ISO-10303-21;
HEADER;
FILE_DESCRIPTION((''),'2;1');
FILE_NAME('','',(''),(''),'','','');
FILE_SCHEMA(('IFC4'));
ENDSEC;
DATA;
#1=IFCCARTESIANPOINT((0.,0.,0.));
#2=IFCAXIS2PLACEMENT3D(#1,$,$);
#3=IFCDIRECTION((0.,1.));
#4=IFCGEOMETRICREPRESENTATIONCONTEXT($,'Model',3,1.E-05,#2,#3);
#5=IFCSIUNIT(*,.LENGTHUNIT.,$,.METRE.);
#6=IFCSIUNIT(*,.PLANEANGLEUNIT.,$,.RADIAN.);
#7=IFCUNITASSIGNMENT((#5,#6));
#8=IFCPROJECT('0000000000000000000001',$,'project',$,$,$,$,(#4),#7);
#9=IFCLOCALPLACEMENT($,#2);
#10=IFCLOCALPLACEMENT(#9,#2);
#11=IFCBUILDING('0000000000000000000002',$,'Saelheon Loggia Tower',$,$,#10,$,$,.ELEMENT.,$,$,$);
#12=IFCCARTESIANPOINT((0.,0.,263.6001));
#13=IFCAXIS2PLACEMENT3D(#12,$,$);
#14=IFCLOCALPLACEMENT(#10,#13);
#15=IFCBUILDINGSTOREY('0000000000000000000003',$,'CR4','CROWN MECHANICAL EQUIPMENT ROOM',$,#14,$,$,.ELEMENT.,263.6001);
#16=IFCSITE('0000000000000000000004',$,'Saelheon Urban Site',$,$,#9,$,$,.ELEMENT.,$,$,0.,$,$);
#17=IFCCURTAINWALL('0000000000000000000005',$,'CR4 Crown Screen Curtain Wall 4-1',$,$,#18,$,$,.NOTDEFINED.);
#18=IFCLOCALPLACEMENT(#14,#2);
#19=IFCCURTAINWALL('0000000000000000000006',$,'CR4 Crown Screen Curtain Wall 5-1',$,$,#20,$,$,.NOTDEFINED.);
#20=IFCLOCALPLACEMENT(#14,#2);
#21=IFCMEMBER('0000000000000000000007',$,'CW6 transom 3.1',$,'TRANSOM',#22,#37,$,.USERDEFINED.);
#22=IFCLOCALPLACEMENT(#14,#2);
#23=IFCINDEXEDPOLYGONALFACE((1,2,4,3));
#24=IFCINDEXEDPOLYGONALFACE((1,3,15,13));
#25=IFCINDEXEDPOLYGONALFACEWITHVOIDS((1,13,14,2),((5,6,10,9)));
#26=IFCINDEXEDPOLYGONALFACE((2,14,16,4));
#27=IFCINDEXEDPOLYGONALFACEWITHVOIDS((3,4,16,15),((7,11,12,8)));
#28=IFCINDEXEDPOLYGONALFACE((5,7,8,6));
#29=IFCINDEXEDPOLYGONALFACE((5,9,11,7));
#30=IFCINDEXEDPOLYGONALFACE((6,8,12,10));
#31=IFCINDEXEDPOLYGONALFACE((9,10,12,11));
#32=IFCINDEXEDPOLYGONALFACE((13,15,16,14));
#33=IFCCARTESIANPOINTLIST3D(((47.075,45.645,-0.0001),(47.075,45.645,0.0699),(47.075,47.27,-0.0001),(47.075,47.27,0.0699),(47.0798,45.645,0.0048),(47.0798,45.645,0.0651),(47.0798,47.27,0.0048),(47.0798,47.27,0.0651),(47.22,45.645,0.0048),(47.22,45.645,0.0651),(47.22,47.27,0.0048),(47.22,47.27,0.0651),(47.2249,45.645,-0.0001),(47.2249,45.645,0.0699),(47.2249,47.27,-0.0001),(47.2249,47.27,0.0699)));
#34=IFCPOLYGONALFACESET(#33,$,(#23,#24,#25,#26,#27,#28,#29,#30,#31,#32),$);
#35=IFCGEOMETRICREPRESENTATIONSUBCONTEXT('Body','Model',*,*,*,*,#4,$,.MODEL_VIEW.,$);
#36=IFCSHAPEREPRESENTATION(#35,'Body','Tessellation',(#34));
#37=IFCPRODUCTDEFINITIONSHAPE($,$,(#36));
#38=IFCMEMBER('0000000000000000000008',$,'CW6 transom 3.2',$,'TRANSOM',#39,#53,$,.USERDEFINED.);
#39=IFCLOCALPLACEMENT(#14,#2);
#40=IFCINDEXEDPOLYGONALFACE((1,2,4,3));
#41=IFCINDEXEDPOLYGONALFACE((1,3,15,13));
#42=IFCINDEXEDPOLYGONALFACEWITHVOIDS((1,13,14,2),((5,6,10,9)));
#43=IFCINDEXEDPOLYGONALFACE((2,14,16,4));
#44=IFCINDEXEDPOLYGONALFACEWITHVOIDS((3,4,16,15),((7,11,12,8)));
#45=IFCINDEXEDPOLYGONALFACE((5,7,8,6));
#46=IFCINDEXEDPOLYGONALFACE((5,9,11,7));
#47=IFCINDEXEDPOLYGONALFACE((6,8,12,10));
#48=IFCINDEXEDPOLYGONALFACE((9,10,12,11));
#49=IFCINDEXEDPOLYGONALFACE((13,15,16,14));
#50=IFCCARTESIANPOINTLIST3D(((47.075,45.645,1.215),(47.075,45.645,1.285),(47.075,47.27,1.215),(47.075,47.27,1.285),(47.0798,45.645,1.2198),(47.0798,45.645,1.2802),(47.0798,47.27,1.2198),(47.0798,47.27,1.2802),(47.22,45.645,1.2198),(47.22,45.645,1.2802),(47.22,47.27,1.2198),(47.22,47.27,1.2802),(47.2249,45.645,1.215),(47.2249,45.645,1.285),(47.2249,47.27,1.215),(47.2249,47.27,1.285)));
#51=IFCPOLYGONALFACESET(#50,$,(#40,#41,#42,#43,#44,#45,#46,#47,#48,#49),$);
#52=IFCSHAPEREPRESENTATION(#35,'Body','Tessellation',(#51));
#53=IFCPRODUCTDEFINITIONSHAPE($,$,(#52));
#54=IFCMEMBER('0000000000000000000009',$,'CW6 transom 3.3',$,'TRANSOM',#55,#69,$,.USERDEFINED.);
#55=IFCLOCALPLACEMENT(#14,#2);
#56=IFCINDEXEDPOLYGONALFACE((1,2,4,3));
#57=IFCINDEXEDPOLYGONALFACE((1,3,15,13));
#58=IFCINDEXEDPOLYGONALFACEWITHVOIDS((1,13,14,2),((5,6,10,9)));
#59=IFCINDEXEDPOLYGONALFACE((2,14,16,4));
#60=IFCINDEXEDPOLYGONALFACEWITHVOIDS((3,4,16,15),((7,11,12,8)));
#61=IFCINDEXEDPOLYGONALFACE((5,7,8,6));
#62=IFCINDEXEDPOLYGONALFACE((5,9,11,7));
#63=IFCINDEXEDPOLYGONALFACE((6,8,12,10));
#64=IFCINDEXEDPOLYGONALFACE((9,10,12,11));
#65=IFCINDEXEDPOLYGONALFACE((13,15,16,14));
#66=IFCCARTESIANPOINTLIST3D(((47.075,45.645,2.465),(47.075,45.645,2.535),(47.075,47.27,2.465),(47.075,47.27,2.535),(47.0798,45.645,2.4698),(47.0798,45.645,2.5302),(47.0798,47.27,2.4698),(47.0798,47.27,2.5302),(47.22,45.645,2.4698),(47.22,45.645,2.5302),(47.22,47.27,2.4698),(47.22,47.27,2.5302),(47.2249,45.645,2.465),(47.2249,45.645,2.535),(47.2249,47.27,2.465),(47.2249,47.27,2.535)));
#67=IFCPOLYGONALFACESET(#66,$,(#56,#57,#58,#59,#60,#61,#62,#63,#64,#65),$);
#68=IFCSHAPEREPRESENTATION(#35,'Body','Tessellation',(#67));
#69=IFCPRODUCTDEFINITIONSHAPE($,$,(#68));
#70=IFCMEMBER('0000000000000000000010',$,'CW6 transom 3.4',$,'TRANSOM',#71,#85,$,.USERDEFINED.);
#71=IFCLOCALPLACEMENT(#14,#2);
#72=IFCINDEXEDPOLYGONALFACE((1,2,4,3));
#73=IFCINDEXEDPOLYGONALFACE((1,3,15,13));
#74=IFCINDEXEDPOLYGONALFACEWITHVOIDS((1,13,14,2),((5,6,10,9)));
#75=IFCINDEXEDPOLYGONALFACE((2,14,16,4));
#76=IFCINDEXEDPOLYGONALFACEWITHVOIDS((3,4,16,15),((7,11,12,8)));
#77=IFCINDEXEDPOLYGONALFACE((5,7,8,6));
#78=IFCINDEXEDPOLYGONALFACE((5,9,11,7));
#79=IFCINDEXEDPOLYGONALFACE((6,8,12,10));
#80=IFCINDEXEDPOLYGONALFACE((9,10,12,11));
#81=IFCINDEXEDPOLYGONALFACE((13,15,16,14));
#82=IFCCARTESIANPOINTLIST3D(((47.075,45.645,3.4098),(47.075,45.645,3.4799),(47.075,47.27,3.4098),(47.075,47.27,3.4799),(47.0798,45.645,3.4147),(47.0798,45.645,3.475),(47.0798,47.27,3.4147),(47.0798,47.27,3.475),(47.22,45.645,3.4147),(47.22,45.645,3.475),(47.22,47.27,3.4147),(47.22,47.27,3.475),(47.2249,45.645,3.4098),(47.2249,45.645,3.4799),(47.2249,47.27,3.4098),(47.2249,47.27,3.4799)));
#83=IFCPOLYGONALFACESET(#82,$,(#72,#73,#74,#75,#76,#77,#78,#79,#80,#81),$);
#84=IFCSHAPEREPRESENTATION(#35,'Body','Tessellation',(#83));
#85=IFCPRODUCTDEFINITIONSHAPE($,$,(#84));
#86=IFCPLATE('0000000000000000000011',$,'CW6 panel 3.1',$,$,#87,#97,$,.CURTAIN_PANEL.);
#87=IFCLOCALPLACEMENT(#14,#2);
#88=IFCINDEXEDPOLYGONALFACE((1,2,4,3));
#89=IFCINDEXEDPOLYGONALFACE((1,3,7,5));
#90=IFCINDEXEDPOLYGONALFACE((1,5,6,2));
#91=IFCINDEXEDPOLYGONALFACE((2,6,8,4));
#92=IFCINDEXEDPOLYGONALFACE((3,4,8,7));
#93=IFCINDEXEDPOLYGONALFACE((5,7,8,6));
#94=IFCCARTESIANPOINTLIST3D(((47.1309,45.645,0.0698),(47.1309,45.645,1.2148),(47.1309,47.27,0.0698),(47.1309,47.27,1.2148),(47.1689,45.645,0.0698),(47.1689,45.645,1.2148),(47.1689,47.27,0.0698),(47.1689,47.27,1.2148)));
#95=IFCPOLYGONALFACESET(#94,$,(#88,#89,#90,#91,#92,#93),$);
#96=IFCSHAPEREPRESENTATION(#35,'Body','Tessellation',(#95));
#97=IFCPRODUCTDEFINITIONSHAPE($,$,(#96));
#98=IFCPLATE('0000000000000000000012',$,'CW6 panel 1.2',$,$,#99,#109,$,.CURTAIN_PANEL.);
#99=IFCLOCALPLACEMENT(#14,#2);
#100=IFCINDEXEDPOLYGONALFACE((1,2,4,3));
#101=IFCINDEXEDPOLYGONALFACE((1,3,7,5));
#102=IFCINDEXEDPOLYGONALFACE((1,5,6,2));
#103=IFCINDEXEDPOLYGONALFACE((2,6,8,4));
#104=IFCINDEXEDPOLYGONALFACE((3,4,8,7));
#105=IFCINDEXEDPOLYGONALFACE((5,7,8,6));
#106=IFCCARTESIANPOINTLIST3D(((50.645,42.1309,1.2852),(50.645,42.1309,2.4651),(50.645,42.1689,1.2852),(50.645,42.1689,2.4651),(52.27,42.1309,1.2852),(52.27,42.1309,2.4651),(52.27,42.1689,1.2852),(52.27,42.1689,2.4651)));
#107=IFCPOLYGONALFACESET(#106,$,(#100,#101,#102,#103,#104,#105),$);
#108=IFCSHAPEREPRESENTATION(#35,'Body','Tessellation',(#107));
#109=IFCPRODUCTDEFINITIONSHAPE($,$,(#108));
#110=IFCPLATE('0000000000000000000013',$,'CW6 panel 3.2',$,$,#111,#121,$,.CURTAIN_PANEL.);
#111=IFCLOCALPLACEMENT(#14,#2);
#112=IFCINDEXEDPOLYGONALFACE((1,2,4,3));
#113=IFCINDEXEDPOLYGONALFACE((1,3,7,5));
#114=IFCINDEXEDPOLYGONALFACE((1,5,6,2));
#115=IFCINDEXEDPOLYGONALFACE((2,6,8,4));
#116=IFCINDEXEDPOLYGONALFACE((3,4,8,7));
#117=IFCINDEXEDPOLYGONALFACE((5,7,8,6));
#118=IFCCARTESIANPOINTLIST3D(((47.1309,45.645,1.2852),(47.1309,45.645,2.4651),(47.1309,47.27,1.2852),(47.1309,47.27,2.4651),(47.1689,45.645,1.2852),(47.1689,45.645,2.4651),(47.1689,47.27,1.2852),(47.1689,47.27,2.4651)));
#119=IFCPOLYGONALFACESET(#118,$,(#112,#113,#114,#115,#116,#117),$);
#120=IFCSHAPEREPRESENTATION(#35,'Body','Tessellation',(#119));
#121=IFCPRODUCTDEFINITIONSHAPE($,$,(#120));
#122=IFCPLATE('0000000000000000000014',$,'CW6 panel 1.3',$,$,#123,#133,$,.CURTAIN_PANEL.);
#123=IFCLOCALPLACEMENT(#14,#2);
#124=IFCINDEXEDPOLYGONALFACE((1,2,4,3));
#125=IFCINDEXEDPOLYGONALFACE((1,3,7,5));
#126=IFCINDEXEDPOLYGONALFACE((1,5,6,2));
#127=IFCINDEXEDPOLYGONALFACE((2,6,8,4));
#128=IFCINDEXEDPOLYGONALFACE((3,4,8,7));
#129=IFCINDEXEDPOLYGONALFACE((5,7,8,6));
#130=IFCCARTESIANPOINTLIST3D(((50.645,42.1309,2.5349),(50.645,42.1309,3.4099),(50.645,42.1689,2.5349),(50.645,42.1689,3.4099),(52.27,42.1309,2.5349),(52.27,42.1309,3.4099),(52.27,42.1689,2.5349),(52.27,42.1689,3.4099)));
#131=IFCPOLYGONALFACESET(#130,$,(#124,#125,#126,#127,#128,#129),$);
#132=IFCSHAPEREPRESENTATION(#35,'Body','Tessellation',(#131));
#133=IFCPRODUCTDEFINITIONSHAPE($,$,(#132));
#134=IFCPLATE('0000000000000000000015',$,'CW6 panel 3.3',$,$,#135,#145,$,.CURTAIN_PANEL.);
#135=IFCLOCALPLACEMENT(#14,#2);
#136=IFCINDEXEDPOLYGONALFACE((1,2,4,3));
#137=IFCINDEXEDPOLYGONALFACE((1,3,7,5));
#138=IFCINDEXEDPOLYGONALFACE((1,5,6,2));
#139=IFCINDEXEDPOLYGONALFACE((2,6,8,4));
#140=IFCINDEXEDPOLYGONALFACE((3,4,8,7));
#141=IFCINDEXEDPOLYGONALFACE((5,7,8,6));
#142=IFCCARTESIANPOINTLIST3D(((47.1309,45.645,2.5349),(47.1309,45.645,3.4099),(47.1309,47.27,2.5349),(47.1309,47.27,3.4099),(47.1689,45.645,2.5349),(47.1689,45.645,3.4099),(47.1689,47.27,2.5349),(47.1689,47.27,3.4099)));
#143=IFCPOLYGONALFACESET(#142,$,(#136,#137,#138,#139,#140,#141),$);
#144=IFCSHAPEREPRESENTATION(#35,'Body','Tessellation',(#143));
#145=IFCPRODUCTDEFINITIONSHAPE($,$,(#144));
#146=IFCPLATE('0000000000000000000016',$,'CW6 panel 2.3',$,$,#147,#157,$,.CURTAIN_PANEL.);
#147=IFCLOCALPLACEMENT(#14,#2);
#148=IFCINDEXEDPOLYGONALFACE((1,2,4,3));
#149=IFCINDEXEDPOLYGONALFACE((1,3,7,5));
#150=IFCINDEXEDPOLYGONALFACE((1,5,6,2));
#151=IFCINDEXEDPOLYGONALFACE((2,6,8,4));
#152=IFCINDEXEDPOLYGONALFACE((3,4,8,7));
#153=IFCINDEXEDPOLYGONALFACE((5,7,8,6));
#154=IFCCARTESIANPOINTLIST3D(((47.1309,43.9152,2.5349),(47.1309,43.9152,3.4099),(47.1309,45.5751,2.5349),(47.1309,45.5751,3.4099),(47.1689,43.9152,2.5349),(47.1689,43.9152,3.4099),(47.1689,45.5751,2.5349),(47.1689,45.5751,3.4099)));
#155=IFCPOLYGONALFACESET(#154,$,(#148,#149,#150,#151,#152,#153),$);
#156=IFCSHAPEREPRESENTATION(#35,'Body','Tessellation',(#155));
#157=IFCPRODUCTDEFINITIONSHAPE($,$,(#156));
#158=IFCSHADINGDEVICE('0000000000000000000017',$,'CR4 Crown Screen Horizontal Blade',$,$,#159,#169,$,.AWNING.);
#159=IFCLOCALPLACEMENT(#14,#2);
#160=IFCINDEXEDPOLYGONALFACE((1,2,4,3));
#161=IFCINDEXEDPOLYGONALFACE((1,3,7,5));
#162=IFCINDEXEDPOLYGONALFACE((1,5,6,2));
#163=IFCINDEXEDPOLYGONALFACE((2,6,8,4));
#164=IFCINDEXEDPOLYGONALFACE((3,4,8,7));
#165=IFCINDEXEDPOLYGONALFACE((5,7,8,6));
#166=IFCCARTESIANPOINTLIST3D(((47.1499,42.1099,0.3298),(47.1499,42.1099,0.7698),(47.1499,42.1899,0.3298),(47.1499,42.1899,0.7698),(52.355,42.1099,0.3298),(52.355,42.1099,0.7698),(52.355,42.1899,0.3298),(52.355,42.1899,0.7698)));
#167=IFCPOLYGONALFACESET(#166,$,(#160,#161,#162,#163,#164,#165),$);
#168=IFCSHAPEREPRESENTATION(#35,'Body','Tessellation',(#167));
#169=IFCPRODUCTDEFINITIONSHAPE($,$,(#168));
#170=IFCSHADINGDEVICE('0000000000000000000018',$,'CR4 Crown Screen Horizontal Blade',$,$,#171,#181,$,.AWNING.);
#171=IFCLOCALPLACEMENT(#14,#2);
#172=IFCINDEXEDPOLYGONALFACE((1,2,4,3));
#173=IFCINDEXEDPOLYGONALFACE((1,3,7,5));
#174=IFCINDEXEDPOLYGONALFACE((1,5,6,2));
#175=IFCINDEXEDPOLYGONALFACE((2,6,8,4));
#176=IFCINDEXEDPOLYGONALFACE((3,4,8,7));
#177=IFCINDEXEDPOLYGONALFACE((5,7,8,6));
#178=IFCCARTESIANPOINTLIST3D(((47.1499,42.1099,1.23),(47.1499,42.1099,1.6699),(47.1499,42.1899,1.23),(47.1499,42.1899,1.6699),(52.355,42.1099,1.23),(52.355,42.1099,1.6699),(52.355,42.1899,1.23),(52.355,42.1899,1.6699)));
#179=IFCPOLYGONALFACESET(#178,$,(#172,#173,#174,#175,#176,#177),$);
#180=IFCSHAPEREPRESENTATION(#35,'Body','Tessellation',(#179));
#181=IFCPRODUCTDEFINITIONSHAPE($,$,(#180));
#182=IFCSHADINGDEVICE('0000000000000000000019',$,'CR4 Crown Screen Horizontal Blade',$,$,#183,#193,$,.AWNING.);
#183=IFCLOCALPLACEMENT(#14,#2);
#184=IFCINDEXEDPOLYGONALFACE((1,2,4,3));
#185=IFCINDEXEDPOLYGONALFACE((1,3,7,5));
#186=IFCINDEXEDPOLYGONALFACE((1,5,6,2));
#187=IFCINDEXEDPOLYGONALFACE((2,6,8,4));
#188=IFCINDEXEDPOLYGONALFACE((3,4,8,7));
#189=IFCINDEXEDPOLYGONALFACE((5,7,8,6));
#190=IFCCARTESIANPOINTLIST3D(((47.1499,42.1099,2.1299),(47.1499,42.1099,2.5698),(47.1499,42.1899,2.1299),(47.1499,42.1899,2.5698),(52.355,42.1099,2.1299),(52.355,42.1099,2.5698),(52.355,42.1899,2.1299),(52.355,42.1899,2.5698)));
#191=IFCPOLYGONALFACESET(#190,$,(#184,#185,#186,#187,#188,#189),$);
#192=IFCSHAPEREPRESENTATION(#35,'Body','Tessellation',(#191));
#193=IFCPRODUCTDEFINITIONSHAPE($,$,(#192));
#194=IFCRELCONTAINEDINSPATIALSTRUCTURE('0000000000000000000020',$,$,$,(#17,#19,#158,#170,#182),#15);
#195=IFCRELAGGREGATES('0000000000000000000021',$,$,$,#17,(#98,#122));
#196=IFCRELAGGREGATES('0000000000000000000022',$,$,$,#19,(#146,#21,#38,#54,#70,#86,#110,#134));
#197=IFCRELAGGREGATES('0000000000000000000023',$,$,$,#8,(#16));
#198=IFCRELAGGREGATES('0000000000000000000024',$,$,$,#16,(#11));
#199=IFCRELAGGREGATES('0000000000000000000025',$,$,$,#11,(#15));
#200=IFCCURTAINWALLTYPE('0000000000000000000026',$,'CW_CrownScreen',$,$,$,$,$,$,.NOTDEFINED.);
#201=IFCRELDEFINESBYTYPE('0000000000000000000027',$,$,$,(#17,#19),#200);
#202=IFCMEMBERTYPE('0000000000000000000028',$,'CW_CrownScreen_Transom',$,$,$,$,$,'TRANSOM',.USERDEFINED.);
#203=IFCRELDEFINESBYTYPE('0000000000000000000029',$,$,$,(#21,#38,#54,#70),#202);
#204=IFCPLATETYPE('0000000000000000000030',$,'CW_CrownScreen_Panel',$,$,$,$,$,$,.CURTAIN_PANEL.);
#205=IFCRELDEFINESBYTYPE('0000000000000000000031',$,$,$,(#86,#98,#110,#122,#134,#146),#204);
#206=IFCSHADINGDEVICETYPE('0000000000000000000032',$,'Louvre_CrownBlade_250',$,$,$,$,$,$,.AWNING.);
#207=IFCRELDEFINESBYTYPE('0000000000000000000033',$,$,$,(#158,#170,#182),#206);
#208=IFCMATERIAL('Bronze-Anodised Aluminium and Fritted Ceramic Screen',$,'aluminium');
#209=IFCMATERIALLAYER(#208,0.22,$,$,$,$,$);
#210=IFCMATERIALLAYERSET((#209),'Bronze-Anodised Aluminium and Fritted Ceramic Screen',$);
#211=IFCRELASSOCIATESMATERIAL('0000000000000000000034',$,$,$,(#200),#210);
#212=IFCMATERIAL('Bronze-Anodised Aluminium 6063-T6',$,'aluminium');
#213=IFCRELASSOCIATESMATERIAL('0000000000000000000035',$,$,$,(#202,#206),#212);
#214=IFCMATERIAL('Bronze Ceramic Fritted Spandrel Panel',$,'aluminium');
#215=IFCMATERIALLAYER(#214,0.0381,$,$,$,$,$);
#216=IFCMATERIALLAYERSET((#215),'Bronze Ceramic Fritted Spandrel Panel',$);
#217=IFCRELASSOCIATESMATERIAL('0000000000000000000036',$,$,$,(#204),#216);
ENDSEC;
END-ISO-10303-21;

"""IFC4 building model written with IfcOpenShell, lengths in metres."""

from ifc_helpers import new_model, si_unit, direction, frame, origin, origin_2d, place, context, subcontext, project, spatial, rectangle, hollow_rectangle, extrude, source, transform, mapped, material, layer, layer_set, material_profile, profile_set, type_object, element, aggregate, save


model = new_model("IFC4")

# Units and contexts
model_context = context("Model", 3, precision=1e-05, world=origin(), true_north=direction((0.0, 1.0)))
body_context = subcontext(model_context, "Body", "Model", "MODEL_VIEW")
ifc_project = project(units=[si_unit("LENGTHUNIT", "METRE"), si_unit("PLANEANGLEUNIT", "RADIAN")], contexts=[model_context])

# Site, building, storey
site_placement = place(None, origin())
site = spatial("IfcSite", under=ifc_project, at=site_placement, Name="Saelheon Urban Site", CompositionType="ELEMENT", RefElevation=0.0)
building_placement = place(site_placement, origin())
building = spatial("IfcBuilding", under=site, at=building_placement, Name="Saelheon Loggia Tower", CompositionType="ELEMENT")
storey_placement = place(building_placement, frame((0.0, 0.0, 263.6001)))
storey = spatial("IfcBuildingStorey", under=building, at=storey_placement, Name="CR4", Description="CROWN MECHANICAL EQUIPMENT ROOM", CompositionType="ELEMENT", Elevation=263.6001)

# Curtain wall
ifc_material_1 = material(Name="Bronze-Anodised Aluminium and Fritted Ceramic Screen", Category="aluminium")
ifc_layer_1 = layer(ifc_material_1, 0.22)
ifc_layer_set_1 = layer_set([ifc_layer_1], Name="Bronze-Anodised Aluminium and Fritted Ceramic Screen")
curtain_wall_type = type_object("IfcCurtainWallType", Name="CW_CrownScreen", PredefinedType="NOTDEFINED", material=ifc_layer_set_1)
curtain_wall_1_placement = place(storey_placement, origin())
curtain_wall_1 = element("IfcCurtainWall", 1, at=curtain_wall_1_placement, inside=storey, type_object=curtain_wall_type, Name="CR4 Crown Screen Curtain Wall 4-1", PredefinedType="NOTDEFINED")
ifc_material_2 = material(Name="Bronze-Anodised Aluminium 6063-T6", Category="aluminium")

# Curtain wall
curtain_wall_2_placement = place(storey_placement, origin())
curtain_wall_2 = element("IfcCurtainWall", 2, at=curtain_wall_2_placement, inside=storey, type_object=curtain_wall_type, Name="CR4 Crown Screen Curtain Wall 5-1", PredefinedType="NOTDEFINED")

# Members
ifc_material_profile_1 = material_profile(ifc_material_2, hollow_rectangle(XDim=0.0701, YDim=0.1499, WallThickness=0.0049, at=origin_2d()), Name="RHS-150x70x5")
ifc_profile_set_1 = profile_set([ifc_material_profile_1], Name="Bronze-Anodised Aluminium 6063-T6")
member_type_1 = type_object("IfcMemberType", Name="CW_CrownScreen_Transom", ElementType="TRANSOM", PredefinedType="USERDEFINED", material=ifc_profile_set_1)
shared_shape_1 = source(origin(), body_context, "Body", "SweptSolid", [
    extrude(hollow_rectangle(XDim=0.0701, YDim=0.1499, WallThickness=0.0049, at=origin_2d()), origin(), (0.0, 0.0, 1.0), 1.625),
])
member_1_placement = place(storey_placement, frame((47.1499, 45.645, 0.0349), z_axis=(0.0, 1.0, 0.0), x_axis=(0.0, 0.0, 1.0)))
member_1 = element("IfcMember", 3, at=member_1_placement, type_object=member_type_1, Name="CW6 transom 3.1", ObjectType="TRANSOM", PredefinedType="USERDEFINED", context=body_context, shape_type="MappedRepresentation", body=[
    mapped(shared_shape_1, transform((0.0, 0.0, 0.0), scale=1.0)),
])
member_2_placement = place(storey_placement, frame((47.1499, 45.645, 1.25), z_axis=(0.0, 1.0, 0.0), x_axis=(0.0, 0.0, 1.0)))
member_2 = element("IfcMember", 4, at=member_2_placement, type_object=member_type_1, Name="CW6 transom 3.2", ObjectType="TRANSOM", PredefinedType="USERDEFINED", context=body_context, shape_type="MappedRepresentation", body=[
    mapped(shared_shape_1, transform((0.0, 0.0, 0.0), scale=1.0)),
])
member_3_placement = place(storey_placement, frame((47.1499, 45.645, 2.5), z_axis=(0.0, 1.0, 0.0), x_axis=(0.0, 0.0, 1.0)))
member_3 = element("IfcMember", 5, at=member_3_placement, type_object=member_type_1, Name="CW6 transom 3.3", ObjectType="TRANSOM", PredefinedType="USERDEFINED", context=body_context, shape_type="MappedRepresentation", body=[
    mapped(shared_shape_1, transform((0.0, 0.0, 0.0), scale=1.0)),
])
member_4_placement = place(storey_placement, frame((47.1499, 45.645, 3.4448), z_axis=(0.0, 1.0, 0.0), x_axis=(0.0, 0.0, 1.0)))
member_4 = element("IfcMember", 6, at=member_4_placement, type_object=member_type_1, Name="CW6 transom 3.4", ObjectType="TRANSOM", PredefinedType="USERDEFINED", context=body_context, shape_type="MappedRepresentation", body=[
    mapped(shared_shape_1, transform((0.0, 0.0, 0.0), scale=1.0)),
])

# Plates
ifc_material_3 = material(Name="Bronze Ceramic Fritted Spandrel Panel", Category="aluminium")
ifc_layer_2 = layer(ifc_material_3, 0.0381)
ifc_layer_set_2 = layer_set([ifc_layer_2], Name="Bronze Ceramic Fritted Spandrel Panel")
plate_type = type_object("IfcPlateType", Name="CW_CrownScreen_Panel", PredefinedType="CURTAIN_PANEL", material=ifc_layer_set_2)
shared_shape_2 = source(origin(), body_context, "Body", "SweptSolid", [
    extrude(rectangle(XDim=1.625, YDim=0.0381, at=origin_2d()), origin(), (0.0, 0.0, 1.0), 1.145),
])
plate_1_placement = place(storey_placement, frame((47.1499, 46.4575, 0.0698), z_axis=(0.0, 0.0, 1.0), x_axis=(0.0, 1.0, 0.0)))
plate_1 = element("IfcPlate", 7, at=plate_1_placement, type_object=plate_type, Name="CW6 panel 3.1", PredefinedType="CURTAIN_PANEL", context=body_context, shape_type="MappedRepresentation", body=[
    mapped(shared_shape_2, transform((0.0, 0.0, 0.0), scale=1.0)),
])
shared_shape_3 = source(origin(), body_context, "Body", "SweptSolid", [
    extrude(rectangle(XDim=1.625, YDim=0.0381, at=origin_2d()), origin(), (0.0, 0.0, 1.0), 1.1799),
])
plate_2_placement = place(storey_placement, frame((51.4575, 42.1499, 1.2852), z_axis=(0.0, 0.0, 1.0), x_axis=(-1.0, 0.0, 0.0)))
plate_2 = element("IfcPlate", 8, at=plate_2_placement, type_object=plate_type, Name="CW6 panel 1.2", PredefinedType="CURTAIN_PANEL", context=body_context, shape_type="MappedRepresentation", body=[
    mapped(shared_shape_3, transform((0.0, 0.0, 0.0), scale=1.0)),
])
plate_3_placement = place(storey_placement, frame((47.1499, 46.4575, 1.2852), z_axis=(0.0, 0.0, 1.0), x_axis=(0.0, 1.0, 0.0)))
plate_3 = element("IfcPlate", 9, at=plate_3_placement, type_object=plate_type, Name="CW6 panel 3.2", PredefinedType="CURTAIN_PANEL", context=body_context, shape_type="MappedRepresentation", body=[
    mapped(shared_shape_3, transform((0.0, 0.0, 0.0), scale=1.0)),
])
shared_shape_4 = source(origin(), body_context, "Body", "SweptSolid", [
    extrude(rectangle(XDim=1.625, YDim=0.0381, at=origin_2d()), origin(), (0.0, 0.0, 1.0), 0.875),
])
plate_4_placement = place(storey_placement, frame((51.4575, 42.1499, 2.5349), z_axis=(0.0, 0.0, 1.0), x_axis=(-1.0, 0.0, 0.0)))
plate_4 = element("IfcPlate", 10, at=plate_4_placement, type_object=plate_type, Name="CW6 panel 1.3", PredefinedType="CURTAIN_PANEL", context=body_context, shape_type="MappedRepresentation", body=[
    mapped(shared_shape_4, transform((0.0, 0.0, 0.0), scale=1.0)),
])
aggregate(curtain_wall_1, [plate_2, plate_4])
plate_5_placement = place(storey_placement, frame((47.1499, 46.4575, 2.5349), z_axis=(0.0, 0.0, 1.0), x_axis=(0.0, 1.0, 0.0)))
plate_5 = element("IfcPlate", 11, at=plate_5_placement, type_object=plate_type, Name="CW6 panel 3.3", PredefinedType="CURTAIN_PANEL", context=body_context, shape_type="MappedRepresentation", body=[
    mapped(shared_shape_4, transform((0.0, 0.0, 0.0), scale=1.0)),
])
shared_shape_5 = source(origin(), body_context, "Body", "SweptSolid", [
    extrude(rectangle(XDim=1.6599, YDim=0.0381, at=origin_2d()), origin(), (0.0, 0.0, 1.0), 0.875),
])
plate_6_placement = place(storey_placement, frame((47.1499, 44.7451, 2.5349), z_axis=(0.0, 0.0, 1.0), x_axis=(0.0, 1.0, 0.0)))
plate_6 = element("IfcPlate", 12, at=plate_6_placement, type_object=plate_type, Name="CW6 panel 2.3", PredefinedType="CURTAIN_PANEL", context=body_context, shape_type="MappedRepresentation", body=[
    mapped(shared_shape_5, transform((0.0, 0.0, 0.0), scale=1.0)),
])
aggregate(curtain_wall_2, [plate_6, member_1, member_2, member_3, member_4, plate_1, plate_3, plate_5])

# Shading devices
ifc_material_profile_2 = material_profile(ifc_material_2, rectangle(XDim=0.0801, YDim=0.4399, at=origin_2d()), Name="Louvre_CrownBlade_250")
ifc_profile_set_2 = profile_set([ifc_material_profile_2], Name="Bronze-Anodised Aluminium 6063-T6")
shading_device_type = type_object("IfcShadingDeviceType", Name="Louvre_CrownBlade_250", PredefinedType="AWNING", material=ifc_profile_set_2)
shared_shape_6 = source(origin(), body_context, "Body", "SweptSolid", [
    extrude(rectangle(XDim=0.0801, YDim=0.4399, at=origin_2d()), origin(), (0.0, 0.0, 1.0), 5.2051),
])
for number, where, z_axis, x_axis, name in (
    (13, (52.355, 42.1499, 0.5498), (-1.0, 0.0, 0.0), (0.0, -1.0, 0.0), "CR4 Crown Screen Horizontal Blade"),
    (14, (52.355, 42.1499, 1.45), (-1.0, 0.0, 0.0), (0.0, -1.0, 0.0), "CR4 Crown Screen Horizontal Blade"),
    (15, (52.355, 42.1499, 2.3499), (-1.0, 0.0, 0.0), (0.0, -1.0, 0.0), "CR4 Crown Screen Horizontal Blade"),
):
    element("IfcShadingDevice", number, at=place(storey_placement, frame(where, z_axis=z_axis, x_axis=x_axis)), inside=storey, type_object=shading_device_type, Name=name, PredefinedType="AWNING", context=body_context, shape_type="MappedRepresentation", body=[
        mapped(shared_shape_6, transform((0.0, 0.0, 0.0), scale=1.0)),
    ])

save(model, "model.ifc")
